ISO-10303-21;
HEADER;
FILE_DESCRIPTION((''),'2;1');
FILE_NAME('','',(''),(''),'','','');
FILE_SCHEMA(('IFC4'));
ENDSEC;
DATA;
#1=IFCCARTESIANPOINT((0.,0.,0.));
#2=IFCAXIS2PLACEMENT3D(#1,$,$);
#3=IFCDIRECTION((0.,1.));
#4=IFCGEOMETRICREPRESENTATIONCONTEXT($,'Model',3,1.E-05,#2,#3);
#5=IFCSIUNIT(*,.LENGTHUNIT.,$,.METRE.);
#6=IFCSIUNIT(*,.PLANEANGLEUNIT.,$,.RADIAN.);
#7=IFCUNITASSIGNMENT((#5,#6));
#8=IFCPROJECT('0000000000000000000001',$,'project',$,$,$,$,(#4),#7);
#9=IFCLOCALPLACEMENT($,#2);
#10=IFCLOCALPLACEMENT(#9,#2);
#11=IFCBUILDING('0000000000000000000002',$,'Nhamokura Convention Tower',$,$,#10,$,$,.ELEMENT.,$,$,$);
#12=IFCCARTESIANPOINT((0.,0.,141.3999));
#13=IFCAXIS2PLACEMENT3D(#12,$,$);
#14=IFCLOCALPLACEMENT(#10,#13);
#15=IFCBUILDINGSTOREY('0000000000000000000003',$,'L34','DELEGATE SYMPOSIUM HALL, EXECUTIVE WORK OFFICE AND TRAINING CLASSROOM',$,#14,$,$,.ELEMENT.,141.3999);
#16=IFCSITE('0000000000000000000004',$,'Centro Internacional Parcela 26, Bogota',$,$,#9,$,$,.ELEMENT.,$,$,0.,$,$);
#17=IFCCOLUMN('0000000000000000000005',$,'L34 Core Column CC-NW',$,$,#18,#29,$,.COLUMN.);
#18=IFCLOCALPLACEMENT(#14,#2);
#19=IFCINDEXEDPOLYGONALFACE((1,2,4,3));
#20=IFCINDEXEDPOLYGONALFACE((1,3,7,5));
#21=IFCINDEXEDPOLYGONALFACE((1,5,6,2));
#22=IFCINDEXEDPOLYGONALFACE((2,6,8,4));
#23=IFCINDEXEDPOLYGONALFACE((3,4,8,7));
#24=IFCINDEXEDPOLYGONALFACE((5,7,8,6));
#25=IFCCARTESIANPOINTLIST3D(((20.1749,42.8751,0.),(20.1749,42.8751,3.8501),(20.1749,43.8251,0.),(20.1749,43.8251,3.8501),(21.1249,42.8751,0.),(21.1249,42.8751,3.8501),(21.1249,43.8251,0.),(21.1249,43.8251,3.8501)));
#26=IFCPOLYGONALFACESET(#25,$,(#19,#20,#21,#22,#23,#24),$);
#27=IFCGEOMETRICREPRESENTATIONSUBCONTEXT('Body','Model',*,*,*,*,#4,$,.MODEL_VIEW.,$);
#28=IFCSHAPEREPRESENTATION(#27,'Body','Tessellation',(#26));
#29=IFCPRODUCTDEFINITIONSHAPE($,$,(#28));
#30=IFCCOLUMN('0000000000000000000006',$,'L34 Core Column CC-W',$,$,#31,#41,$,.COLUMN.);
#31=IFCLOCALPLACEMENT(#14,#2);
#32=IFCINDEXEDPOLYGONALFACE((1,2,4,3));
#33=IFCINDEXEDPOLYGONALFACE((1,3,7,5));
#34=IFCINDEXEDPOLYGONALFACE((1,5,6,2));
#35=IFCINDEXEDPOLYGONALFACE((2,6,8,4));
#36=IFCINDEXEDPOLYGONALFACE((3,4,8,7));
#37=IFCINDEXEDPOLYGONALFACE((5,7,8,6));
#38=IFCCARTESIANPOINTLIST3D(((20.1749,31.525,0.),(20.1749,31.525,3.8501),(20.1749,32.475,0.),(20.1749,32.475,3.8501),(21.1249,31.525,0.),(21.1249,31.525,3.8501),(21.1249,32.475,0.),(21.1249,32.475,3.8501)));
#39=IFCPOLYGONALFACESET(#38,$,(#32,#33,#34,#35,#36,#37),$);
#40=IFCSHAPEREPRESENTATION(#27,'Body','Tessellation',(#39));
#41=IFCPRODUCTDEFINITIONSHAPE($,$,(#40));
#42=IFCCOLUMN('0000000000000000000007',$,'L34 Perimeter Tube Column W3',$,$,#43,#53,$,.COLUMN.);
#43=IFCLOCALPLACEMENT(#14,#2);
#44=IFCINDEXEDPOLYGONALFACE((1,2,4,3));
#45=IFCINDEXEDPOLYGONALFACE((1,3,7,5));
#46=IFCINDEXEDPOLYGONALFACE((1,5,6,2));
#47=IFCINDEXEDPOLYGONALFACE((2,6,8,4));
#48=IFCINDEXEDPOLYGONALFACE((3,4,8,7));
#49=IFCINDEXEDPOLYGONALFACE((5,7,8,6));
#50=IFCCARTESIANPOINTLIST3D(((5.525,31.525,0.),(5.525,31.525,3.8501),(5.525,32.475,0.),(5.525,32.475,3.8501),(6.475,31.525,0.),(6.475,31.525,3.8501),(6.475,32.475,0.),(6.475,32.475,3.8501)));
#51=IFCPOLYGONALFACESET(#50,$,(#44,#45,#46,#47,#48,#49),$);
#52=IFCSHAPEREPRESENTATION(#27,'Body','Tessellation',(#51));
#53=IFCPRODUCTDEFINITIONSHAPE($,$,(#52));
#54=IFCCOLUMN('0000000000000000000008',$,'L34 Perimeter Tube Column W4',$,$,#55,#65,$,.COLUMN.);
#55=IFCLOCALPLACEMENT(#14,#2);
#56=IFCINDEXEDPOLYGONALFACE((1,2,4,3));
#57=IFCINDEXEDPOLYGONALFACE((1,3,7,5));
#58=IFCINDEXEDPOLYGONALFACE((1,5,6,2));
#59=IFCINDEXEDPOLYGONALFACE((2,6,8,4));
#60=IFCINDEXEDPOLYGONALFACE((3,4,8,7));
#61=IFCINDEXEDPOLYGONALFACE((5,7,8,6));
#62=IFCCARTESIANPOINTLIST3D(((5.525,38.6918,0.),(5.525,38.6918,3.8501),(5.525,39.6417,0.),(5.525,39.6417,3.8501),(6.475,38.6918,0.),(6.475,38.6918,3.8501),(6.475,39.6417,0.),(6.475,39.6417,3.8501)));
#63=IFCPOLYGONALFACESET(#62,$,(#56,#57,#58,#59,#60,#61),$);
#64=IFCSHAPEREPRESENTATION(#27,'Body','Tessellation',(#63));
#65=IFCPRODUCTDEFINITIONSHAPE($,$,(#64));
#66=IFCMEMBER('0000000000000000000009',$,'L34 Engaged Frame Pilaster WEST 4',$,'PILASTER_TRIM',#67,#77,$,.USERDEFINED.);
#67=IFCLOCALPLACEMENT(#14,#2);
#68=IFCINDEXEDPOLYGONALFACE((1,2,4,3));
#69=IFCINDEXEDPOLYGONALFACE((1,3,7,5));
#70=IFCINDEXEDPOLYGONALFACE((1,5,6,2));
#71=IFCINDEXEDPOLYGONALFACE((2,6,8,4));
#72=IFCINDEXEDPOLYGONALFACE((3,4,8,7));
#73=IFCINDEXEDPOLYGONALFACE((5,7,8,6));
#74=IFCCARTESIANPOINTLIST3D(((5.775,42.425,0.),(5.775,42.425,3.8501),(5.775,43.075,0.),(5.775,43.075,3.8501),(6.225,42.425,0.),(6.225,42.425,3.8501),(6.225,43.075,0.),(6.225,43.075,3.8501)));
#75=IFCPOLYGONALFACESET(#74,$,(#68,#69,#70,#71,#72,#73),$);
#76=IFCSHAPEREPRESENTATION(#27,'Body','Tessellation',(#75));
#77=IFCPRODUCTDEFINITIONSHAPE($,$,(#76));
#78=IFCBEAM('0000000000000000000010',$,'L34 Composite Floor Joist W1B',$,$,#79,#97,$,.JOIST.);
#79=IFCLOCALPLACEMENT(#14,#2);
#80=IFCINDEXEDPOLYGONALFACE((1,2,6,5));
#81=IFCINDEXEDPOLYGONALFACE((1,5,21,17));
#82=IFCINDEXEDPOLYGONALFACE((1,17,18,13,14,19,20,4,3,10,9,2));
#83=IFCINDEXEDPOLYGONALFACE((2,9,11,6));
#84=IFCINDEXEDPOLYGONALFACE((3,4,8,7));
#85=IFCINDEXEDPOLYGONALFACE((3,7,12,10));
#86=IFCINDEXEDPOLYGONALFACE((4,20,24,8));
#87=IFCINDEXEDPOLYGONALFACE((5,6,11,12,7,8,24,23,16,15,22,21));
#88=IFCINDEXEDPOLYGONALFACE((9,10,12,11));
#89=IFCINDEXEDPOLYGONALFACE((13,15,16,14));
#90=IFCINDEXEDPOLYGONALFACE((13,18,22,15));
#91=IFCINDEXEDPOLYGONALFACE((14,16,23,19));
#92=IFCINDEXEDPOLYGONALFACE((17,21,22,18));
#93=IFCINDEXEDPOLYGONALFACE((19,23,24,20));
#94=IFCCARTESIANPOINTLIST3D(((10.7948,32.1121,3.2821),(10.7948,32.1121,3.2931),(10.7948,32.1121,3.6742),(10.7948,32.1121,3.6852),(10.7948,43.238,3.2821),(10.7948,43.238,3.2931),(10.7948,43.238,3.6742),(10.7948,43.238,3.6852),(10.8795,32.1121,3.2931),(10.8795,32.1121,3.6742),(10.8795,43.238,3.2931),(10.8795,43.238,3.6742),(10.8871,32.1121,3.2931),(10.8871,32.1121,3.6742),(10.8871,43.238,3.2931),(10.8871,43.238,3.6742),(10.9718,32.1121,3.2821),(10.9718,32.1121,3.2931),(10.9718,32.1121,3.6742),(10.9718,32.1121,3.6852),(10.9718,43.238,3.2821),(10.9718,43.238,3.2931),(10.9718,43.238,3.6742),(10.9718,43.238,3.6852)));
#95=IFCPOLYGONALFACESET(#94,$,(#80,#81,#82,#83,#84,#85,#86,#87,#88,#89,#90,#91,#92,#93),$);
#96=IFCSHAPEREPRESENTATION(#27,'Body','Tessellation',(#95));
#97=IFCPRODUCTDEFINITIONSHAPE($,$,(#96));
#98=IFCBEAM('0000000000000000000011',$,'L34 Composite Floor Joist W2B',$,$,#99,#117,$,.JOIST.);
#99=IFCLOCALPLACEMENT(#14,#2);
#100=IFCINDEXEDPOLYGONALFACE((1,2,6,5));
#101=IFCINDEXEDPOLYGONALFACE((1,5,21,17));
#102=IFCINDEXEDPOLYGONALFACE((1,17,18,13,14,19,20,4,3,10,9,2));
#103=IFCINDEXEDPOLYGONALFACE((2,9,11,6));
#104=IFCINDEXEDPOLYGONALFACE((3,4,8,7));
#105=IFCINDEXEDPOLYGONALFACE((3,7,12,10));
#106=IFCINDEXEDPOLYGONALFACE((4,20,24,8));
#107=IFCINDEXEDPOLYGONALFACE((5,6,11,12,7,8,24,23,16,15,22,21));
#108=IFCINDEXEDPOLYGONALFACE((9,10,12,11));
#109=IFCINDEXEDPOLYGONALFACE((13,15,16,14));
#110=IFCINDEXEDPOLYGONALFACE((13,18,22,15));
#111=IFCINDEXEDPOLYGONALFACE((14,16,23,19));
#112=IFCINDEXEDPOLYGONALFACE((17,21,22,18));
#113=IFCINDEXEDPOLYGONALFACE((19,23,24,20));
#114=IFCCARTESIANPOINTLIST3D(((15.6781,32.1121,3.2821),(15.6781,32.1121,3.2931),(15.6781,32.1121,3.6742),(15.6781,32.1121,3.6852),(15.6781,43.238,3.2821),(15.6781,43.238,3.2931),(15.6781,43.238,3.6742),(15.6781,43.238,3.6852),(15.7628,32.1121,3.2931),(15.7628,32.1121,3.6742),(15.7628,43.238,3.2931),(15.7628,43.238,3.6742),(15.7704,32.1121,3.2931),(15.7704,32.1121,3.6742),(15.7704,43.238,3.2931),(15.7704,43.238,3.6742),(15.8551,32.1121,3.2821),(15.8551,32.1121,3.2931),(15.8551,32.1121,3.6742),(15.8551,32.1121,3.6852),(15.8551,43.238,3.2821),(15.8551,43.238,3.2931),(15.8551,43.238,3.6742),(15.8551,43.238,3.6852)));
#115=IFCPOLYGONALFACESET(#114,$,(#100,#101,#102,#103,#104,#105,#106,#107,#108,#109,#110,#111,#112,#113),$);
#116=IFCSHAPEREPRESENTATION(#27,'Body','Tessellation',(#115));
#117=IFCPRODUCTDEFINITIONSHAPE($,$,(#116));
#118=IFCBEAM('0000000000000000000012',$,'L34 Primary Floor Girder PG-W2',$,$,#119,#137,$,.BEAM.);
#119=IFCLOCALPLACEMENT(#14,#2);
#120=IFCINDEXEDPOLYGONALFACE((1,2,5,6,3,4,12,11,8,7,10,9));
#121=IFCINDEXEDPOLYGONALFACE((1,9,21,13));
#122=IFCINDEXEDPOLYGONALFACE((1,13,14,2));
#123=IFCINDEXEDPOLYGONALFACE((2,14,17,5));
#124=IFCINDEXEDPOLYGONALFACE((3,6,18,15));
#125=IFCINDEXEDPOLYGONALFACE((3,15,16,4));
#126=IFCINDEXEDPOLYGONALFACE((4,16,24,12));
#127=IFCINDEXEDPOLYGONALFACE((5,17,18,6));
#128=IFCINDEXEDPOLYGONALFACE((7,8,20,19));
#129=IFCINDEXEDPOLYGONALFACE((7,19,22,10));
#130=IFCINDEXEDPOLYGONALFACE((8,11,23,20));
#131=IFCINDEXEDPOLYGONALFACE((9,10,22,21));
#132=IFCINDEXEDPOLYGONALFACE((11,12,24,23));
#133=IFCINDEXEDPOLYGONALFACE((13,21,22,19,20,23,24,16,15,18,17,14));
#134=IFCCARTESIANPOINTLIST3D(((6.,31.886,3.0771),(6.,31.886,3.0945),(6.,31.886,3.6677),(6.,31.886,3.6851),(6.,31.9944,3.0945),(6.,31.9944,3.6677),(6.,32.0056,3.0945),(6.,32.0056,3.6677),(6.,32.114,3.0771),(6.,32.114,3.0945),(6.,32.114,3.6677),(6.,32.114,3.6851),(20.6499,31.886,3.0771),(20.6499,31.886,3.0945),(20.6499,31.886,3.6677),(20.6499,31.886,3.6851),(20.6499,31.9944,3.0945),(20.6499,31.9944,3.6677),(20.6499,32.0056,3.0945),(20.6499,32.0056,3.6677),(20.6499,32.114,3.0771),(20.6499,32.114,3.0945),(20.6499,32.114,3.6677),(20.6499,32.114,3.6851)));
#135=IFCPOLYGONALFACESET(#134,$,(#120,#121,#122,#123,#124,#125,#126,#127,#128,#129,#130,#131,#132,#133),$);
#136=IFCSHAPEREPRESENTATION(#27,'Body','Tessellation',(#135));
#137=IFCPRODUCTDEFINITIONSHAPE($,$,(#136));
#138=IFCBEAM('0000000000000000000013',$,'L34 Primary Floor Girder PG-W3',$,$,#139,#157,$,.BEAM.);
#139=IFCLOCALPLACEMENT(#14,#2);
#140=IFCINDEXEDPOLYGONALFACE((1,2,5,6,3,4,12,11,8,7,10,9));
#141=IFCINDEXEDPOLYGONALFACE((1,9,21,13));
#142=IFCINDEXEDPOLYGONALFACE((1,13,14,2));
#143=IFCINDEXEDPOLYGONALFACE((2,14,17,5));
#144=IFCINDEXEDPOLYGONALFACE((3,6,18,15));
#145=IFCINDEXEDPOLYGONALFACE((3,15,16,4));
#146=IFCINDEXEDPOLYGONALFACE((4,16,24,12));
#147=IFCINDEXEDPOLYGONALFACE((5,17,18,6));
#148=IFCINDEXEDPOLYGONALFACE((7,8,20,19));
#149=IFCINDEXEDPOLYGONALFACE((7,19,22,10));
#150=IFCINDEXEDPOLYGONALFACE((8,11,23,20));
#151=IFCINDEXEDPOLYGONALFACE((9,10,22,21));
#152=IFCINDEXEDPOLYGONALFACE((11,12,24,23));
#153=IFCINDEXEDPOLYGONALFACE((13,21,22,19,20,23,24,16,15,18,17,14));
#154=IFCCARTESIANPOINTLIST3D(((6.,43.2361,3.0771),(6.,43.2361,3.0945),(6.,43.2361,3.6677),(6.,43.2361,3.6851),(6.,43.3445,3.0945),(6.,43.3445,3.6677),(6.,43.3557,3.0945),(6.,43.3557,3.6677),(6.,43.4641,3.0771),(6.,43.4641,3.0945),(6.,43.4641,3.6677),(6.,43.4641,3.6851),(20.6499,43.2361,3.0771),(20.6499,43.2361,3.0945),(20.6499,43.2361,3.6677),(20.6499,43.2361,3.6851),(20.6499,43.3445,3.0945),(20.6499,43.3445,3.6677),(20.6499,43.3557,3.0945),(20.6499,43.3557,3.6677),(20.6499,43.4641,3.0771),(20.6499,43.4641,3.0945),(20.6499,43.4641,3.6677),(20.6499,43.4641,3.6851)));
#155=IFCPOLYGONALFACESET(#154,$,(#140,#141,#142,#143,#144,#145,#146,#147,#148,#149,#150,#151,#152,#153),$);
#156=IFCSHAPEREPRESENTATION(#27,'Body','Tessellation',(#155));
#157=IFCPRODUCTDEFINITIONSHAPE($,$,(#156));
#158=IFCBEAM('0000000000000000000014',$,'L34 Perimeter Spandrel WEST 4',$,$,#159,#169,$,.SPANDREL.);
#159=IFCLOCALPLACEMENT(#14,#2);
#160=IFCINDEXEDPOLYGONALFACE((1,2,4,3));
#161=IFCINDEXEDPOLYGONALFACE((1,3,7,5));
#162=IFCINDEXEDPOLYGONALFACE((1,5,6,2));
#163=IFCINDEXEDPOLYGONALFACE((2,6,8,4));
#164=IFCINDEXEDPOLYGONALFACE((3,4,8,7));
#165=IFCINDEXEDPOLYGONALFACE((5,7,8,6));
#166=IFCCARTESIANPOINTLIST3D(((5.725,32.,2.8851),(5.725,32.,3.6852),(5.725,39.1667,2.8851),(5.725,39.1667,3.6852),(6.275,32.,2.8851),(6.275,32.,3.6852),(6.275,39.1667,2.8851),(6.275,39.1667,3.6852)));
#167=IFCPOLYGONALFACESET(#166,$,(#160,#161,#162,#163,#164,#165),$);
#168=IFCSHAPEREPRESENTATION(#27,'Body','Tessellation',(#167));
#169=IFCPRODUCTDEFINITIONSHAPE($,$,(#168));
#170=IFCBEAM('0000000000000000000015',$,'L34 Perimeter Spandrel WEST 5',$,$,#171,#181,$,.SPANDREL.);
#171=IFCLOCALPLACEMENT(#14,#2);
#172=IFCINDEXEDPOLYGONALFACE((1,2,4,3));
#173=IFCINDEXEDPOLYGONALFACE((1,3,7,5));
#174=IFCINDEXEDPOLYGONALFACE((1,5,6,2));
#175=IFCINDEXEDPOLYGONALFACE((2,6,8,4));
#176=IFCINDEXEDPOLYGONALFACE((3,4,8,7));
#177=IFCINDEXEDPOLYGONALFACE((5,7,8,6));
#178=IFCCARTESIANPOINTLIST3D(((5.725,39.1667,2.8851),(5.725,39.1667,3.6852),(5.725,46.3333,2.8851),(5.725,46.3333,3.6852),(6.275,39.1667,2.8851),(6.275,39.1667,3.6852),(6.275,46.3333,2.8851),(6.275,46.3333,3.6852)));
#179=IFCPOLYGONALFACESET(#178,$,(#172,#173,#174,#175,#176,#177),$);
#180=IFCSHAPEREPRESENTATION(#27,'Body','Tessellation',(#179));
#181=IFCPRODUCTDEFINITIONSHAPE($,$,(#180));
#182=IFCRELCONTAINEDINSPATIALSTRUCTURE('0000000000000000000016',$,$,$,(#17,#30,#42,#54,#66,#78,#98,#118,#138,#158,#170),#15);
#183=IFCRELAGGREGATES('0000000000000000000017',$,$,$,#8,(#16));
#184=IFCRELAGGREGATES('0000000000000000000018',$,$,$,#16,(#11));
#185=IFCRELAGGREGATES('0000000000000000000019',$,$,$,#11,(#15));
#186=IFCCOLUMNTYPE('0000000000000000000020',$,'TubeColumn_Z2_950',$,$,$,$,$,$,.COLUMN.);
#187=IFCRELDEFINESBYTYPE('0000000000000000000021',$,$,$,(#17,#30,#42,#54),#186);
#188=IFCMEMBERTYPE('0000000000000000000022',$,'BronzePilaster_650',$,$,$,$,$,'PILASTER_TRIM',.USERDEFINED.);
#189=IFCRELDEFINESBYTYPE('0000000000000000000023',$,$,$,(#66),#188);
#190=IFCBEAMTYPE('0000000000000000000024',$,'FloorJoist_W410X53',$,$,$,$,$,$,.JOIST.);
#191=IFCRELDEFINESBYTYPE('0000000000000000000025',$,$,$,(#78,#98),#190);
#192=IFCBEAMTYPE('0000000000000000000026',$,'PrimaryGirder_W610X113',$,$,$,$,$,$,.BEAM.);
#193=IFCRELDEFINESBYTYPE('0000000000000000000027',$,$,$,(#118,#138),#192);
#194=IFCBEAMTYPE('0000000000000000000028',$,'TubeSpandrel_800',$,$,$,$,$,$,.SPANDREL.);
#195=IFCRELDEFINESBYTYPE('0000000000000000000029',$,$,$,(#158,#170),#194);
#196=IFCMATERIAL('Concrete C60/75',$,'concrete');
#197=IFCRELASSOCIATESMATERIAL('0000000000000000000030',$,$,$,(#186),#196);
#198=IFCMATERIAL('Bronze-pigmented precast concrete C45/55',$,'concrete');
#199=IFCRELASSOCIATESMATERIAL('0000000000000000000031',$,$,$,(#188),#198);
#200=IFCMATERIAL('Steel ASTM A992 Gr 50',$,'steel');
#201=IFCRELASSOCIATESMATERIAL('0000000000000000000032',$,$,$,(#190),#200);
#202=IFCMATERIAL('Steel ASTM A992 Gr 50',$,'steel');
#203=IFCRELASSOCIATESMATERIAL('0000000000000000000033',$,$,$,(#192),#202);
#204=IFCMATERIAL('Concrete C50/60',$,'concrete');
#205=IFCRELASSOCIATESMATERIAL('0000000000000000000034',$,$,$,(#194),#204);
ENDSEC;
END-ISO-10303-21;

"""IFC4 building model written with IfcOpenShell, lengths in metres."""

from ifc_helpers import new_model, si_unit, direction, frame, origin, origin_2d, place, context, subcontext, project, spatial, rectangle, i_section, extrude, material, material_profile, profile_set, type_object, element, save


model = new_model("IFC4")

# Units and contexts
model_context = context("Model", 3, precision=1e-05, world=origin(), true_north=direction((0.0, 1.0)))
body_context = subcontext(model_context, "Body", "Model", "MODEL_VIEW")
ifc_project = project(units=[si_unit("LENGTHUNIT", "METRE"), si_unit("PLANEANGLEUNIT", "RADIAN")], contexts=[model_context])

# Site, building, storey
site_placement = place(None, origin())
site = spatial("IfcSite", under=ifc_project, at=site_placement, Name="Centro Internacional Parcela 26, Bogota", CompositionType="ELEMENT", RefElevation=0.0)
building_placement = place(site_placement, origin())
building = spatial("IfcBuilding", under=site, at=building_placement, Name="Nhamokura Convention Tower", CompositionType="ELEMENT")
storey_placement = place(building_placement, frame((0.0, 0.0, 141.3999)))
storey = spatial("IfcBuildingStorey", under=building, at=storey_placement, Name="L34", Description="DELEGATE SYMPOSIUM HALL, EXECUTIVE WORK OFFICE AND TRAINING CLASSROOM", CompositionType="ELEMENT", Elevation=141.3999)

# Columns
ifc_material_1 = material(Name="Concrete C60/75", Category="concrete")
ifc_material_profile_1 = material_profile(ifc_material_1, rectangle(XDim=0.95, YDim=0.95, at=origin_2d()))
ifc_profile_set_1 = profile_set([ifc_material_profile_1], Name="Concrete C60/75")
column_type = type_object("IfcColumnType", Name="TubeColumn_Z2_950", PredefinedType="COLUMN", material=ifc_profile_set_1)
for number, where, z_axis, x_axis, name in (
    (1, (20.6499, 43.3501, 0.0), (0.0, 0.0, 1.0), (1.0, 0.0, 0.0), "L34 Core Column CC-NW"),
    (2, (20.6499, 32.0, 0.0), (0.0, 0.0, 1.0), (1.0, 0.0, 0.0), "L34 Core Column CC-W"),
    (3, (6.0, 32.0, 0.0), (0.0, 0.0, 1.0), (1.0, 0.0, 0.0), "L34 Perimeter Tube Column W3"),
    (4, (6.0, 39.1667, 0.0), (0.0, 0.0, 1.0), (1.0, 0.0, 0.0), "L34 Perimeter Tube Column W4"),
):
    element("IfcColumn", number, at=place(storey_placement, frame(where, z_axis=z_axis, x_axis=x_axis)), inside=storey, type_object=column_type, Name=name, PredefinedType="COLUMN", context=body_context, shape_type="SweptSolid", body=[
        extrude(rectangle(XDim=0.95, YDim=0.95, at=origin_2d()), origin(), (0.0, 0.0, 1.0), 3.8501),
    ])

# Member
ifc_material_2 = material(Name="Bronze-pigmented precast concrete C45/55", Category="concrete")
ifc_material_profile_2 = material_profile(ifc_material_2, rectangle(XDim=0.45, YDim=0.6499, at=origin_2d()))
ifc_profile_set_2 = profile_set([ifc_material_profile_2], Name="Bronze-pigmented precast concrete C45/55")
member_type = type_object("IfcMemberType", Name="BronzePilaster_650", ElementType="PILASTER_TRIM", PredefinedType="USERDEFINED", material=ifc_profile_set_2)
member_placement = place(storey_placement, frame((6.0, 42.75, 0.0), z_axis=(0.0, 0.0, 1.0), x_axis=(1.0, 0.0, 0.0)))
element("IfcMember", 5, at=member_placement, inside=storey, type_object=member_type, Name="L34 Engaged Frame Pilaster WEST 4", ObjectType="PILASTER_TRIM", PredefinedType="USERDEFINED", context=body_context, shape_type="SweptSolid", body=[
    extrude(rectangle(XDim=0.45, YDim=0.6499, at=origin_2d()), origin(), (0.0, 0.0, 1.0), 3.8501),
])

# Beams
ifc_material_3 = material(Name="Steel ASTM A992 Gr 50", Category="steel")
ifc_material_profile_3 = material_profile(ifc_material_3, i_section(OverallWidth=0.177, OverallDepth=0.4031, WebThickness=0.0076, FlangeThickness=0.011, at=origin_2d()))
ifc_profile_set_3 = profile_set([ifc_material_profile_3], Name="Steel ASTM A992 Gr 50")
beam_type_1 = type_object("IfcBeamType", Name="FloorJoist_W410X53", PredefinedType="JOIST", material=ifc_profile_set_3)
for number, where, z_axis, x_axis, name in (
    (6, (10.8833, 32.1121, 3.4836), (0.0, 1.0, 0.0), (-1.0, 0.0, 0.0), "L34 Composite Floor Joist W1B"),
    (7, (15.7666, 32.1121, 3.4836), (0.0, 1.0, 0.0), (-1.0, 0.0, 0.0), "L34 Composite Floor Joist W2B"),
):
    element("IfcBeam", number, at=place(storey_placement, frame(where, z_axis=z_axis, x_axis=x_axis)), inside=storey, type_object=beam_type_1, Name=name, PredefinedType="JOIST", context=body_context, shape_type="SweptSolid", body=[
        extrude(i_section(OverallWidth=0.177, OverallDepth=0.4031, WebThickness=0.0076, FlangeThickness=0.011, at=origin_2d()), origin(), (0.0, 0.0, 1.0), 11.126),
    ])
ifc_material_4 = material(Name="Steel ASTM A992 Gr 50", Category="steel")
ifc_material_profile_4 = material_profile(ifc_material_4, i_section(OverallWidth=0.228, OverallDepth=0.6079, WebThickness=0.0112, FlangeThickness=0.0173, at=origin_2d()))
ifc_profile_set_4 = profile_set([ifc_material_profile_4], Name="Steel ASTM A992 Gr 50")
beam_type_2 = type_object("IfcBeamType", Name="PrimaryGirder_W610X113", PredefinedType="BEAM", material=ifc_profile_set_4)
for number, where, z_axis, x_axis, name in (
    (8, (6.0, 32.0, 3.3811), (1.0, 0.0, 0.0), (0.0, 1.0, 0.0), "L34 Primary Floor Girder PG-W2"),
    (9, (6.0, 43.3501, 3.3811), (1.0, 0.0, 0.0), (0.0, 1.0, 0.0), "L34 Primary Floor Girder PG-W3"),
):
    element("IfcBeam", number, at=place(storey_placement, frame(where, z_axis=z_axis, x_axis=x_axis)), inside=storey, type_object=beam_type_2, Name=name, PredefinedType="BEAM", context=body_context, shape_type="SweptSolid", body=[
        extrude(i_section(OverallWidth=0.228, OverallDepth=0.6079, WebThickness=0.0112, FlangeThickness=0.0173, at=origin_2d()), origin(), (0.0, 0.0, 1.0), 14.6499),
    ])
ifc_material_5 = material(Name="Concrete C50/60", Category="concrete")
ifc_material_profile_5 = material_profile(ifc_material_5, rectangle(XDim=0.55, YDim=0.8, at=origin_2d()))
ifc_profile_set_5 = profile_set([ifc_material_profile_5], Name="Concrete C50/60")
beam_type_3 = type_object("IfcBeamType", Name="TubeSpandrel_800", PredefinedType="SPANDREL", material=ifc_profile_set_5)
beam_1_placement = place(storey_placement, frame((6.0, 32.0, 3.2852), z_axis=(0.0, 1.0, 0.0), x_axis=(-1.0, 0.0, 0.0)))
element("IfcBeam", 10, at=beam_1_placement, inside=storey, type_object=beam_type_3, Name="L34 Perimeter Spandrel WEST 4", PredefinedType="SPANDREL", context=body_context, shape_type="SweptSolid", body=[
    extrude(rectangle(XDim=0.55, YDim=0.8, at=origin_2d()), origin(), (0.0, 0.0, 1.0), 7.1667),
])
beam_2_placement = place(storey_placement, frame((6.0, 39.1667, 3.2852), z_axis=(0.0, 1.0, 0.0), x_axis=(-1.0, 0.0, 0.0)))
element("IfcBeam", 11, at=beam_2_placement, inside=storey, type_object=beam_type_3, Name="L34 Perimeter Spandrel WEST 5", PredefinedType="SPANDREL", context=body_context, shape_type="SweptSolid", body=[
    extrude(rectangle(XDim=0.55, YDim=0.8, at=origin_2d()), origin(), (0.0, 0.0, 1.0), 7.1665),
])

save(model, "model.ifc")
